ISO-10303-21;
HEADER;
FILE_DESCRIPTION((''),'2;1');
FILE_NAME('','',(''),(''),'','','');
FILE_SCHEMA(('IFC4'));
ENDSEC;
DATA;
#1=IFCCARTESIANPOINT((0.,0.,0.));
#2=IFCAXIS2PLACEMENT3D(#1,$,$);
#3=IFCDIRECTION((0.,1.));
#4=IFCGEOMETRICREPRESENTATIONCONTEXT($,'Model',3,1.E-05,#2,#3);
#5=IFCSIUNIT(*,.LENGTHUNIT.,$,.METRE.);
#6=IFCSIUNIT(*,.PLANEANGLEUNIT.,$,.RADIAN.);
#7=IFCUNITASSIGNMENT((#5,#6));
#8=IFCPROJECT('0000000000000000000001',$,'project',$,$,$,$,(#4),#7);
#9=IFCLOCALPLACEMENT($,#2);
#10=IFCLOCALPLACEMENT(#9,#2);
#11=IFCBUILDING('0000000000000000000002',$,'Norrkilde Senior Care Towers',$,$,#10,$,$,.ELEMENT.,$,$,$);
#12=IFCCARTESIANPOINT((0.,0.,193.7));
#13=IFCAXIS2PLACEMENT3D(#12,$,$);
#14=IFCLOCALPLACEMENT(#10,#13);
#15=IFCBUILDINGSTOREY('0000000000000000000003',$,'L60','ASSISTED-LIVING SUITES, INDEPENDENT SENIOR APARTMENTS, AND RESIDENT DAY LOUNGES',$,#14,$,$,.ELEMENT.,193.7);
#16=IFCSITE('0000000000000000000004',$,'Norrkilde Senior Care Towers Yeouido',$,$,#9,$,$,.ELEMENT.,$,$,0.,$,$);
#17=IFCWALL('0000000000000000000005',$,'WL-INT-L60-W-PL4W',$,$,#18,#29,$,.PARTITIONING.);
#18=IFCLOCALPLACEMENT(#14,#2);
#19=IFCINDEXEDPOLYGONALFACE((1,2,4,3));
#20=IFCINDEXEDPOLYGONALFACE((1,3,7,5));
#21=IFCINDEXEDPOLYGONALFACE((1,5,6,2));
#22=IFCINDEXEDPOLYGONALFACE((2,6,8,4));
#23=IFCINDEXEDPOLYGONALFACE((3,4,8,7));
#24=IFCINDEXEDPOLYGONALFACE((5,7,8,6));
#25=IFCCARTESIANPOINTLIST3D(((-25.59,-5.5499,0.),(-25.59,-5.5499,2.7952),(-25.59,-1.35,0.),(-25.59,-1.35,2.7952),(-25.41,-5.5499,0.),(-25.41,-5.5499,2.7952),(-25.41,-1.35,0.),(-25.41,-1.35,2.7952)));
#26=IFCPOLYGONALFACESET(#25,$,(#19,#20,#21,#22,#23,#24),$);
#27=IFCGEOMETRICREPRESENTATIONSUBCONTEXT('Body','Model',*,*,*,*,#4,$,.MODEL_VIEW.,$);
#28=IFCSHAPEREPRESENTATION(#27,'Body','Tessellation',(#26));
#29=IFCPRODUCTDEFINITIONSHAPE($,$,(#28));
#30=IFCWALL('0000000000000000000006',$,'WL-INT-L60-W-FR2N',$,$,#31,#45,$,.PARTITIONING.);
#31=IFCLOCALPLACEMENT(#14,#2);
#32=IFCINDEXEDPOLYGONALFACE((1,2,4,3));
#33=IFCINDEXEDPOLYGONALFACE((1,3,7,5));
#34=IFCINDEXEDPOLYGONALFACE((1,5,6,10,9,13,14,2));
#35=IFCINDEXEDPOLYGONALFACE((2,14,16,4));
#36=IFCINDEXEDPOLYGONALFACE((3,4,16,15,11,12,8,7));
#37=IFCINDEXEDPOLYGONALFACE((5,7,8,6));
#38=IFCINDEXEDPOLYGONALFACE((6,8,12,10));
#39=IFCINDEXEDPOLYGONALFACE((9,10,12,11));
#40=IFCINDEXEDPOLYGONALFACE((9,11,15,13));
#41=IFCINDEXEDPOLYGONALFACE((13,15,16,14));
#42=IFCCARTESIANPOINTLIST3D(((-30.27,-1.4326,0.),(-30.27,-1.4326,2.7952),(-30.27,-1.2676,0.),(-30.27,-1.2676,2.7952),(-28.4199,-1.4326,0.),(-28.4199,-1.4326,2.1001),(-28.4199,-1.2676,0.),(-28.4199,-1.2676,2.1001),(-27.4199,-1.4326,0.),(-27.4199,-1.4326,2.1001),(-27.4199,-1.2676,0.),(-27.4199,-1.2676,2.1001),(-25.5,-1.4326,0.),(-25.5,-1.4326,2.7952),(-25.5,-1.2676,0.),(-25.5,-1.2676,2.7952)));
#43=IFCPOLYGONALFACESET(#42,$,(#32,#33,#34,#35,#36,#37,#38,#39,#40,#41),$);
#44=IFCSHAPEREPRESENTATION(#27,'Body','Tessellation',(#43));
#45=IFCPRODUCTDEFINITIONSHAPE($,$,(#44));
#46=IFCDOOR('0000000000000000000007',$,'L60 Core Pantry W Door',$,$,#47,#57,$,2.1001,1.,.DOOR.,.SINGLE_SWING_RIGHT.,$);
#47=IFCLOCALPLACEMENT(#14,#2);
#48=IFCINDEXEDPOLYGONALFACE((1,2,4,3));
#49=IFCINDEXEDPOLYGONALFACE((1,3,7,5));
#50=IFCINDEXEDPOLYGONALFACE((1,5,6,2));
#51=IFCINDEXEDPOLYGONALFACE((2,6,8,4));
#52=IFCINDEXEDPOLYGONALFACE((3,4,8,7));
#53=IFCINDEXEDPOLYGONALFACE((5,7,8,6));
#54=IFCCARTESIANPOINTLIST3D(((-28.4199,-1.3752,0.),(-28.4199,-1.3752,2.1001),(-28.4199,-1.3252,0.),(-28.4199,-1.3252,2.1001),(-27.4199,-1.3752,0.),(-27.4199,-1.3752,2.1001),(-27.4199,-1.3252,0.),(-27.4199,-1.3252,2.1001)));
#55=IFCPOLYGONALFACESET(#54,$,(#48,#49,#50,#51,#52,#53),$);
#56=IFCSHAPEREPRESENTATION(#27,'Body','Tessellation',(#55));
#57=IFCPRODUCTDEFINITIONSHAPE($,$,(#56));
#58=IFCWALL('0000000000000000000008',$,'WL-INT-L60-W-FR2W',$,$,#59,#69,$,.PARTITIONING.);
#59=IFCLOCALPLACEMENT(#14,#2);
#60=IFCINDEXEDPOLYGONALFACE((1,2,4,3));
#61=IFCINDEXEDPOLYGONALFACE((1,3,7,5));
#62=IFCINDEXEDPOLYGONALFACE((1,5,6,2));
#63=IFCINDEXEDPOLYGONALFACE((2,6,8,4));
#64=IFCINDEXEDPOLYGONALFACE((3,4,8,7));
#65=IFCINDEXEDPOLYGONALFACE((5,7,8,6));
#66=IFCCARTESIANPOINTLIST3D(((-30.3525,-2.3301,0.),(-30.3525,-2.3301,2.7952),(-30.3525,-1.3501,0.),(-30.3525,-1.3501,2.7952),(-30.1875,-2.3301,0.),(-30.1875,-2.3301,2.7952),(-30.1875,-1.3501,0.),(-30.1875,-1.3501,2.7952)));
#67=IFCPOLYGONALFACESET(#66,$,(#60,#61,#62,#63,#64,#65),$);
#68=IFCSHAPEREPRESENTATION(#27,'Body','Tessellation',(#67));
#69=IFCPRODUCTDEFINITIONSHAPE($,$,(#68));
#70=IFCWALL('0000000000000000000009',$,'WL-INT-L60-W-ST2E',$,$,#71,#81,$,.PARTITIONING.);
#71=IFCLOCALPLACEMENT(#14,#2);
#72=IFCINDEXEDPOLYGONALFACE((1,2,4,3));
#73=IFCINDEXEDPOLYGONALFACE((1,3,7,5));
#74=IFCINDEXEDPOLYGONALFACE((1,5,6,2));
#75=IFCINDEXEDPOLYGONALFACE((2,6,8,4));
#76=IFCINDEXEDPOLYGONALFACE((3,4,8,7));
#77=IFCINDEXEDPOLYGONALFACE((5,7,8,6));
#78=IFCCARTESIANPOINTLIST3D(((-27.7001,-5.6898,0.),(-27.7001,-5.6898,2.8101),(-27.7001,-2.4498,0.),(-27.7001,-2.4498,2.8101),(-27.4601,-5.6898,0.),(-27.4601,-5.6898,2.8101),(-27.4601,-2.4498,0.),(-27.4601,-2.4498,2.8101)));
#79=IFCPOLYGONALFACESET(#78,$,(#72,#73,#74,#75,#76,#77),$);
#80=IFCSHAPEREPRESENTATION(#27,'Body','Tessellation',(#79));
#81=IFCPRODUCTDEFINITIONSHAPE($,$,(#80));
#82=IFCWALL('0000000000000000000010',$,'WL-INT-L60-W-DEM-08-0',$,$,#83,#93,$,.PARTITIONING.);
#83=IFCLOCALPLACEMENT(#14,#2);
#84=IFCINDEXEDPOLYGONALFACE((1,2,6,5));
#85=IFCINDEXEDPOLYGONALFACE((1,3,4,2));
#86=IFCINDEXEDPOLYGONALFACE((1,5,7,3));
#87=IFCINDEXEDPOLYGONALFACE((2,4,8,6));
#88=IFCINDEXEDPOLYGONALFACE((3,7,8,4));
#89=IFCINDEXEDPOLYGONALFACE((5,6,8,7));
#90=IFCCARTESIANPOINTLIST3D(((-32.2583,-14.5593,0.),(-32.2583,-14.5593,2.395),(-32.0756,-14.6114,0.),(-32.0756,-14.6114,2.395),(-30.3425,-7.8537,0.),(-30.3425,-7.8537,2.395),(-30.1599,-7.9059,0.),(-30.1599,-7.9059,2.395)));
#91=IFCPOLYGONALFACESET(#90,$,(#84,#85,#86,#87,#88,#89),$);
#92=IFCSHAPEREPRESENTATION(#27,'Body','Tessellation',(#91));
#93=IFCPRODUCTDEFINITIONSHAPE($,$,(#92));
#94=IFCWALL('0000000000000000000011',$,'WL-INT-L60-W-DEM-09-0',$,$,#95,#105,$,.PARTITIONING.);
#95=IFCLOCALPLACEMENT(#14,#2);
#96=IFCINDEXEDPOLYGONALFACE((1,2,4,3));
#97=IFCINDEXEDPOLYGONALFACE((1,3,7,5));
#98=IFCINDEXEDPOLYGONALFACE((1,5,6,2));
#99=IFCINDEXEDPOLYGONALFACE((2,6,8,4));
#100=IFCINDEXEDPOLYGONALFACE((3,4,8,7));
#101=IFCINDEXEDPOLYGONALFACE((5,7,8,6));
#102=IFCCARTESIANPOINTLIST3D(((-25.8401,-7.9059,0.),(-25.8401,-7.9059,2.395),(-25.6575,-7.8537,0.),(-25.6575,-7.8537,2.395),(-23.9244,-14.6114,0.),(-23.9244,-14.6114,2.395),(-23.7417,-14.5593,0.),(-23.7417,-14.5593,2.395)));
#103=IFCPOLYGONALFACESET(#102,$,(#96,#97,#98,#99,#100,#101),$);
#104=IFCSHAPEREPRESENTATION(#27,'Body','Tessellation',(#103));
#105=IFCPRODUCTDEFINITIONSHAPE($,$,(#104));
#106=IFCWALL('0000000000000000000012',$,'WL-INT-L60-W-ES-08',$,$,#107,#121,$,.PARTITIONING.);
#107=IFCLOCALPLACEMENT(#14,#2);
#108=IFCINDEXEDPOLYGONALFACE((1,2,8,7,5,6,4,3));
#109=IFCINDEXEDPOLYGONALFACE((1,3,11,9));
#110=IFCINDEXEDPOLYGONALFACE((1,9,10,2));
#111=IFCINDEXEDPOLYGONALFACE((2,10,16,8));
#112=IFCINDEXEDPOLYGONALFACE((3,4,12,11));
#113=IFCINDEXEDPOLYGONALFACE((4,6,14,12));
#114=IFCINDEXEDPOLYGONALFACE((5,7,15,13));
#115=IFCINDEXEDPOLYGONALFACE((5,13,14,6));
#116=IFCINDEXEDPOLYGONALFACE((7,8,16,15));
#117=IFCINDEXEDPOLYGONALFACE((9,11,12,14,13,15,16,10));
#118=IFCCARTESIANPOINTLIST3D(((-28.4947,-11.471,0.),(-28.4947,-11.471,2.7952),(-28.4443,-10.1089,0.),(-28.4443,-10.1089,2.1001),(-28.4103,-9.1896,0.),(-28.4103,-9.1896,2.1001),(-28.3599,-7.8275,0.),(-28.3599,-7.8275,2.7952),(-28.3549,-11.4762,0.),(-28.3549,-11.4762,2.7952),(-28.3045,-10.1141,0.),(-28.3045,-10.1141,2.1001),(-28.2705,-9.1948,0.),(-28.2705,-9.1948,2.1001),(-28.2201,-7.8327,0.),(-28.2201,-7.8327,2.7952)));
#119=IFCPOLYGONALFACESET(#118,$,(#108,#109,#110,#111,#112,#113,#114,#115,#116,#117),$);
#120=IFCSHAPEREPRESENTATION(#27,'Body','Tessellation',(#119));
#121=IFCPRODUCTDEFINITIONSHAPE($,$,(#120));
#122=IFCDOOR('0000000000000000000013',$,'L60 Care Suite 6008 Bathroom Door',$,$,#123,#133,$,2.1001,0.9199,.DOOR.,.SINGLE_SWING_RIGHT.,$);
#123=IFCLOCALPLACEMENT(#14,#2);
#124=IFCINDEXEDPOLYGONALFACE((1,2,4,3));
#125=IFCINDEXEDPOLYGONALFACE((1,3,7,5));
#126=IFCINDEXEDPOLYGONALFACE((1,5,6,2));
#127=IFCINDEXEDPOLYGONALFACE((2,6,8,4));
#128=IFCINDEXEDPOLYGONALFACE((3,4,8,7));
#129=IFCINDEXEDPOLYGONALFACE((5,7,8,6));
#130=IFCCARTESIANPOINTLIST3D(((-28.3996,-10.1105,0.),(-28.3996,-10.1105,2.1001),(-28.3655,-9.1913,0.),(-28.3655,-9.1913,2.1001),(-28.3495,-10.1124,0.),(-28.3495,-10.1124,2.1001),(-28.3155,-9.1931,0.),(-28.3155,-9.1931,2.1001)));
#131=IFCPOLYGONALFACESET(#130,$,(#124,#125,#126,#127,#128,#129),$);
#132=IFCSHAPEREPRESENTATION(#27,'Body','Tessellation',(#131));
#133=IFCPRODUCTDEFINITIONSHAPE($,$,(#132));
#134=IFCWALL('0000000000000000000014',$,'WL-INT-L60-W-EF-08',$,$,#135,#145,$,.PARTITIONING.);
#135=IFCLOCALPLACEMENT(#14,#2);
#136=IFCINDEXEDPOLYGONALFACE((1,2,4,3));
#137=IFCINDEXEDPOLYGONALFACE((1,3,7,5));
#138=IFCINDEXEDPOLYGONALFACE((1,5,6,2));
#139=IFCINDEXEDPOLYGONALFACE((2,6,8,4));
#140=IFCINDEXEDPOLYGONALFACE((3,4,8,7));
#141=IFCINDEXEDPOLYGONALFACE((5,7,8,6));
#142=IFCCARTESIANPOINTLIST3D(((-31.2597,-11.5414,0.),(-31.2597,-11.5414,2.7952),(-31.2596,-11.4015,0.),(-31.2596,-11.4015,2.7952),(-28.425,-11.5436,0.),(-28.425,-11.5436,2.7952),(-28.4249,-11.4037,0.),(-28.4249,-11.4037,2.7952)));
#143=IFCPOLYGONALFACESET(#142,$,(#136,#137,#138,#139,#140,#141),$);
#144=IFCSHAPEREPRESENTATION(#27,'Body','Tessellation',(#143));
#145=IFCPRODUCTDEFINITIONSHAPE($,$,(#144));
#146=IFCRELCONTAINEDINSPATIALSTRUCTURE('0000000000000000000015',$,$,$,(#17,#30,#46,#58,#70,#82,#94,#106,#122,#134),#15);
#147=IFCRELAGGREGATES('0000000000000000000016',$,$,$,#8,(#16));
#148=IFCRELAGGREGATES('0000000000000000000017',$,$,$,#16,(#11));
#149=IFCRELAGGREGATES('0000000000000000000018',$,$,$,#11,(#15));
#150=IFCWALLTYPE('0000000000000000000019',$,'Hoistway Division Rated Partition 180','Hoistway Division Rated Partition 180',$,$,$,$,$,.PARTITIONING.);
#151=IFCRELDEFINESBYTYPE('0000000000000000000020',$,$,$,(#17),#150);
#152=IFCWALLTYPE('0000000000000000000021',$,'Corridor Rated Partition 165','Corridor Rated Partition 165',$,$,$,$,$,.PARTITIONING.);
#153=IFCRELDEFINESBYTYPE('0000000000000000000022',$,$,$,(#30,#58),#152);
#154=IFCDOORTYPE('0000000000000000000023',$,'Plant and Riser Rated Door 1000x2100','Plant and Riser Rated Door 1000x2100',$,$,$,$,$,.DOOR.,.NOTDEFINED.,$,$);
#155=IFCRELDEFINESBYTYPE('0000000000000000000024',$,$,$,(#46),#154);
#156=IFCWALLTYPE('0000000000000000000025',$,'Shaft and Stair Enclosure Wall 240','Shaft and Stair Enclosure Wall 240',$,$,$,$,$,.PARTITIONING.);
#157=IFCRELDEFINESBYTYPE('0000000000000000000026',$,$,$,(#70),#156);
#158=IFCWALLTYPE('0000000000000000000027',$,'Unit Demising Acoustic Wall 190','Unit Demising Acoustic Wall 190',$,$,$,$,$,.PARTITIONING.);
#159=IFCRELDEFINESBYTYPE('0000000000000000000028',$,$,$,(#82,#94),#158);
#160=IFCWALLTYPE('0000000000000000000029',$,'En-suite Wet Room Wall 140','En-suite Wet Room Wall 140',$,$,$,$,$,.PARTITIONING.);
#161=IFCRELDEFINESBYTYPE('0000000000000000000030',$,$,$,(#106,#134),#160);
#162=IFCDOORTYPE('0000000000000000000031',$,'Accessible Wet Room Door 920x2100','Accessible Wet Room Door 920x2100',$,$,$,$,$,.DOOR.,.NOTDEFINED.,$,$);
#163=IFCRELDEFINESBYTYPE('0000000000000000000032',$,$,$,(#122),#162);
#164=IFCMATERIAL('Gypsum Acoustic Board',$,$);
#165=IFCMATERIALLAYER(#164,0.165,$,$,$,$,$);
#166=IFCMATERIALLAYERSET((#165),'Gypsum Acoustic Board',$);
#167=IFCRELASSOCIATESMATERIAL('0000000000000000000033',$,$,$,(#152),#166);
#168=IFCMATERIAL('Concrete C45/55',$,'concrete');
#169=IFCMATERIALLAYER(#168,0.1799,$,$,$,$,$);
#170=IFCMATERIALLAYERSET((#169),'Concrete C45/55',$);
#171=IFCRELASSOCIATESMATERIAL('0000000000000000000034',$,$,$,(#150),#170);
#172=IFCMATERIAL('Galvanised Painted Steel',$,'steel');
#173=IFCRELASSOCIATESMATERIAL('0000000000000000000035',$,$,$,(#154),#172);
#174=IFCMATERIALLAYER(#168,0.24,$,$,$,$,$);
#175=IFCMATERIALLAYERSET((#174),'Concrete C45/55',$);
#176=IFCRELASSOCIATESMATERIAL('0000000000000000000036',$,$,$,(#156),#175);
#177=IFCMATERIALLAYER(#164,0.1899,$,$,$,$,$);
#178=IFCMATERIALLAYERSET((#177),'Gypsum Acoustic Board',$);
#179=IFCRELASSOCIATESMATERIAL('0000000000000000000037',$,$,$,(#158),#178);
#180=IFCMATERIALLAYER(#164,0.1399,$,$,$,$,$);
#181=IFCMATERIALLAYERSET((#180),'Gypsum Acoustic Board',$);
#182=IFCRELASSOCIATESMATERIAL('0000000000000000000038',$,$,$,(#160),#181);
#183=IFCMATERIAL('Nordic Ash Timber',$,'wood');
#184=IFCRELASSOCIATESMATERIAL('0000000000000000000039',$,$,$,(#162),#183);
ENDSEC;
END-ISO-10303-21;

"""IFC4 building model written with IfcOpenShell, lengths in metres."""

from ifc_helpers import new_model, si_unit, direction, frame, frame_2d, origin, place, context, subcontext, project, spatial, rectangle, extrude, source, transform, mapped, material, layer, layer_set, type_object, type_shapes, element, fill, save


model = new_model("IFC4")

# Units and contexts
model_context = context("Model", 3, precision=1e-05, world=origin(), true_north=direction((0.0, 1.0)))
body_context = subcontext(model_context, "Body", "Model", "MODEL_VIEW")
ifc_project = project(units=[si_unit("LENGTHUNIT", "METRE"), si_unit("PLANEANGLEUNIT", "RADIAN")], contexts=[model_context])

# Site, building, storey
site_placement = place(None, origin())
site = spatial("IfcSite", under=ifc_project, at=site_placement, Name="Norrkilde Senior Care Towers Yeouido", CompositionType="ELEMENT", RefElevation=0.0)
building_placement = place(site_placement, origin())
building = spatial("IfcBuilding", under=site, at=building_placement, Name="Norrkilde Senior Care Towers", CompositionType="ELEMENT")
storey_placement = place(building_placement, frame((0.0, 0.0, 193.7)))
storey = spatial("IfcBuildingStorey", under=building, at=storey_placement, Name="L60", Description="ASSISTED-LIVING SUITES, INDEPENDENT SENIOR APARTMENTS, AND RESIDENT DAY LOUNGES", CompositionType="ELEMENT", Elevation=193.7)

# Shared definitions
ifc_material_1 = material(Name="Gypsum Acoustic Board")
ifc_material_2 = material(Name="Concrete C45/55", Category="concrete")

# Shared definitions
ifc_layer_1 = layer(ifc_material_1, 0.165)
ifc_layer_set_1 = layer_set([ifc_layer_1], Name="Gypsum Acoustic Board")
wall_type_1 = type_object("IfcWallType", Name="Corridor Rated Partition 165", Description="Corridor Rated Partition 165", PredefinedType="PARTITIONING", material=ifc_layer_set_1)
ifc_material_3 = material(Name="Galvanised Painted Steel", Category="steel")

# Wall
ifc_layer_2 = layer(ifc_material_2, 0.1799)
ifc_layer_set_2 = layer_set([ifc_layer_2], Name="Concrete C45/55")
wall_type_2 = type_object("IfcWallType", Name="Hoistway Division Rated Partition 180", Description="Hoistway Division Rated Partition 180", PredefinedType="PARTITIONING", material=ifc_layer_set_2)
shared_shape_1 = source(origin(), body_context, "Body", "SweptSolid", [
    extrude(rectangle(XDim=4.2, YDim=0.1799, at=frame_2d((2.1001, 0.0))), origin(), (0.0, 0.0, 1.0), 2.7952),
])
type_shapes(wall_type_2, [shared_shape_1])
wall_1_placement = place(storey_placement, frame((-25.5, -5.55, 0.0), z_axis=(0.0, 0.0, 1.0), x_axis=(0.0, 1.0, 0.0)))
element("IfcWall", 1, at=wall_1_placement, inside=storey, type_object=wall_type_2, Name="WL-INT-L60-W-PL4W", PredefinedType="PARTITIONING", context=body_context, shape_type="MappedRepresentation", body=[
    mapped(shared_shape_1, transform((0.0, 0.0, 0.0), x_axis=(1.0, 0.0, 0.0), y_axis=(0.0, 1.0, 0.0), z_axis=(0.0, 0.0, 1.0), scale=1.0)),
])

# Wall, opening, door
shared_shape_2 = source(origin(), body_context, "Body", "SweptSolid", [
    extrude(rectangle(XDim=4.77, YDim=0.165, at=frame_2d((2.385, 0.0))), origin(), (0.0, 0.0, 1.0), 2.7952),
])
wall_2_placement = place(storey_placement, frame((-30.27, -1.3501, 0.0), z_axis=(0.0, 0.0, 1.0), x_axis=(1.0, 0.0, 0.0)))
wall_2 = element("IfcWall", 2, at=wall_2_placement, inside=storey, type_object=wall_type_1, Name="WL-INT-L60-W-FR2N", PredefinedType="PARTITIONING", context=body_context, shape_type="MappedRepresentation", body=[
    mapped(shared_shape_2, transform((0.0, 0.0, 0.0), x_axis=(1.0, 0.0, 0.0), y_axis=(0.0, 1.0, 0.0), z_axis=(0.0, 0.0, 1.0), scale=1.0)),
])
opening_1_placement = place(wall_2_placement, frame((1.8501, 0.0, 0.0)))
opening_1 = element("IfcOpeningElement", 3, at=opening_1_placement, cuts=wall_2, PredefinedType="OPENING", context=body_context, shape_type="SweptSolid", body=[
    extrude(rectangle(XDim=1.0, YDim=2.1001, at=frame_2d((0.5, 1.05))), frame((0.0, 0.0925, 0.0), z_axis=(0.0, -1.0, 0.0), x_axis=(1.0, 0.0, 0.0)), (0.0, 0.0, 1.0), 0.1851),
])
door_type_1 = type_object("IfcDoorType", Name="Plant and Riser Rated Door 1000x2100", Description="Plant and Riser Rated Door 1000x2100", OperationType="NOTDEFINED", PredefinedType="DOOR", material=ifc_material_3)
shared_shape_3 = source(origin(), body_context, "Body", "SweptSolid", [
    extrude(rectangle(XDim=1.0, YDim=2.1001, at=frame_2d((0.5, 1.05))), frame((0.0, 0.0249, 0.0), z_axis=(0.0, -1.0, 0.0), x_axis=(1.0, 0.0, 0.0)), (0.0, 0.0, 1.0), 0.05),
])
type_shapes(door_type_1, [shared_shape_3])
door_1_placement = place(opening_1_placement, origin())
door_1 = element("IfcDoor", 4, at=door_1_placement, inside=storey, type_object=door_type_1, Name="L60 Core Pantry W Door", OperationType="SINGLE_SWING_RIGHT", OverallHeight=2.1001, OverallWidth=1.0, PredefinedType="DOOR", context=body_context, shape_type="MappedRepresentation", body=[
    mapped(shared_shape_3, transform((0.0, 0.0, 0.0), x_axis=(1.0, 0.0, 0.0), y_axis=(0.0, 1.0, 0.0), z_axis=(0.0, 0.0, 1.0), scale=1.0)),
])
fill(opening_1, door_1)

# Walls
shared_shape_4 = source(origin(), body_context, "Body", "SweptSolid", [
    extrude(rectangle(XDim=0.98, YDim=0.165, at=frame_2d((0.49, 0.0))), origin(), (0.0, 0.0, 1.0), 2.7952),
])
wall_3_placement = place(storey_placement, frame((-30.27, -2.3301, 0.0), z_axis=(0.0, 0.0, 1.0), x_axis=(0.0, 1.0, 0.0)))
element("IfcWall", 5, at=wall_3_placement, inside=storey, type_object=wall_type_1, Name="WL-INT-L60-W-FR2W", PredefinedType="PARTITIONING", context=body_context, shape_type="MappedRepresentation", body=[
    mapped(shared_shape_4, transform((0.0, 0.0, 0.0), x_axis=(1.0, 0.0, 0.0), y_axis=(0.0, 1.0, 0.0), z_axis=(0.0, 0.0, 1.0), scale=1.0)),
])
ifc_layer_3 = layer(ifc_material_2, 0.24)
ifc_layer_set_3 = layer_set([ifc_layer_3], Name="Concrete C45/55")
wall_type_3 = type_object("IfcWallType", Name="Shaft and Stair Enclosure Wall 240", Description="Shaft and Stair Enclosure Wall 240", PredefinedType="PARTITIONING", material=ifc_layer_set_3)
shared_shape_5 = source(origin(), body_context, "Body", "SweptSolid", [
    extrude(rectangle(XDim=3.24, YDim=0.24, at=frame_2d((1.6201, 0.0))), origin(), (0.0, 0.0, 1.0), 2.8101),
])
type_shapes(wall_type_3, [shared_shape_5])
wall_4_placement = place(storey_placement, frame((-27.5801, -5.6899, 0.0), z_axis=(0.0, 0.0, 1.0), x_axis=(0.0, 1.0, 0.0)))
element("IfcWall", 6, at=wall_4_placement, inside=storey, type_object=wall_type_3, Name="WL-INT-L60-W-ST2E", PredefinedType="PARTITIONING", context=body_context, shape_type="MappedRepresentation", body=[
    mapped(shared_shape_5, transform((0.0, 0.0, 0.0), x_axis=(1.0, 0.0, 0.0), y_axis=(0.0, 1.0, 0.0), z_axis=(0.0, 0.0, 1.0), scale=1.0)),
])
ifc_layer_4 = layer(ifc_material_1, 0.1899)
ifc_layer_set_4 = layer_set([ifc_layer_4], Name="Gypsum Acoustic Board")
wall_type_4 = type_object("IfcWallType", Name="Unit Demising Acoustic Wall 190", Description="Unit Demising Acoustic Wall 190", PredefinedType="PARTITIONING", material=ifc_layer_set_4)
shared_shape_6 = source(origin(), body_context, "Body", "SweptSolid", [
    extrude(rectangle(XDim=6.9739, YDim=0.1899, at=frame_2d((3.4868, 0.0))), origin(), (0.0, 0.0, 1.0), 2.395),
])
type_shapes(wall_type_4, [shared_shape_6])
for number, where, z_axis, x_axis, name in (
    (7, (-30.2512, -7.8799, 0.0), (0.0, 0.0, 1.0), (-0.274707, -0.961528, 0.0), "WL-INT-L60-W-DEM-08-0"),
    (8, (-25.7488, -7.8799, 0.0), (0.0, 0.0, 1.0), (0.274707, -0.961528, 0.0), "WL-INT-L60-W-DEM-09-0"),
):
    element("IfcWall", number, at=place(storey_placement, frame(where, z_axis=z_axis, x_axis=x_axis)), inside=storey, type_object=wall_type_4, Name=name, PredefinedType="PARTITIONING", context=body_context, shape_type="MappedRepresentation", body=[
        mapped(shared_shape_6, transform((0.0, 0.0, 0.0), x_axis=(1.0, 0.0, 0.0), y_axis=(0.0, 1.0, 0.0), z_axis=(0.0, 0.0, 1.0), scale=1.0)),
    ])

# Wall, opening, door
ifc_layer_5 = layer(ifc_material_1, 0.1399)
ifc_layer_set_5 = layer_set([ifc_layer_5], Name="Gypsum Acoustic Board")
wall_type_5 = type_object("IfcWallType", Name="En-suite Wet Room Wall 140", Description="En-suite Wet Room Wall 140", PredefinedType="PARTITIONING", material=ifc_layer_set_5)
shared_shape_7 = source(origin(), body_context, "Body", "SweptSolid", [
    extrude(rectangle(XDim=3.646, YDim=0.1399, at=frame_2d((1.823, 0.0))), origin(), (0.0, 0.0, 1.0), 2.7952),
])
wall_5_placement = place(storey_placement, frame((-28.29, -7.8301, 0.0), z_axis=(0.0, 0.0, 1.0), x_axis=(-0.036962, -0.999317, 0.0)))
wall_5 = element("IfcWall", 9, at=wall_5_placement, inside=storey, type_object=wall_type_5, Name="WL-INT-L60-W-ES-08", PredefinedType="PARTITIONING", context=body_context, shape_type="MappedRepresentation", body=[
    mapped(shared_shape_7, transform((0.0, 0.0, 0.0), x_axis=(1.0, 0.0, 0.0), y_axis=(0.0, 1.0, 0.0), z_axis=(0.0, 0.0, 1.0), scale=1.0)),
])
opening_2_placement = place(wall_5_placement, frame((1.363, 0.0, 0.0)))
opening_2 = element("IfcOpeningElement", 10, at=opening_2_placement, cuts=wall_5, PredefinedType="OPENING", context=body_context, shape_type="SweptSolid", body=[
    extrude(rectangle(XDim=0.9199, YDim=2.1001, at=frame_2d((0.46, 1.05))), frame((0.0, 0.0798, 0.0), z_axis=(0.0, -1.0, 0.0), x_axis=(1.0, 0.0, 0.0)), (0.0, 0.0, 1.0), 0.1599),
])
ifc_material_4 = material(Name="Nordic Ash Timber", Category="wood")
door_type_2 = type_object("IfcDoorType", Name="Accessible Wet Room Door 920x2100", Description="Accessible Wet Room Door 920x2100", OperationType="NOTDEFINED", PredefinedType="DOOR", material=ifc_material_4)
shared_shape_8 = source(origin(), body_context, "Body", "SweptSolid", [
    extrude(rectangle(XDim=0.9199, YDim=2.1001, at=frame_2d((0.46, 1.05))), frame((0.0, 0.0249, 0.0), z_axis=(0.0, -1.0, 0.0), x_axis=(1.0, 0.0, 0.0)), (0.0, 0.0, 1.0), 0.05),
])
type_shapes(door_type_2, [shared_shape_8])
door_2_placement = place(opening_2_placement, origin())
door_2 = element("IfcDoor", 11, at=door_2_placement, inside=storey, type_object=door_type_2, Name="L60 Care Suite 6008 Bathroom Door", OperationType="SINGLE_SWING_RIGHT", OverallHeight=2.1001, OverallWidth=0.9199, PredefinedType="DOOR", context=body_context, shape_type="MappedRepresentation", body=[
    mapped(shared_shape_8, transform((0.0, 0.0, 0.0), x_axis=(1.0, 0.0, 0.0), y_axis=(0.0, 1.0, 0.0), z_axis=(0.0, 0.0, 1.0), scale=1.0)),
])
fill(opening_2, door_2)

# Wall
shared_shape_9 = source(origin(), body_context, "Body", "SweptSolid", [
    extrude(rectangle(XDim=2.8347, YDim=0.1399, at=frame_2d((1.4175, 0.0))), origin(), (0.0, 0.0, 1.0), 2.7952),
])
type_shapes(wall_type_5, [shared_shape_7, shared_shape_9])
wall_6_placement = place(storey_placement, frame((-28.4248, -11.4736, 0.0), z_axis=(0.0, 0.0, 1.0), x_axis=(-1.0, 0.000775, 0.0)))
element("IfcWall", 12, at=wall_6_placement, inside=storey, type_object=wall_type_5, Name="WL-INT-L60-W-EF-08", PredefinedType="PARTITIONING", context=body_context, shape_type="MappedRepresentation", body=[
    mapped(shared_shape_9, transform((0.0, 0.0, 0.0), x_axis=(1.0, 0.0, 0.0), y_axis=(0.0, 1.0, 0.0), z_axis=(0.0, 0.0, 1.0), scale=1.0)),
])

save(model, "model.ifc")
